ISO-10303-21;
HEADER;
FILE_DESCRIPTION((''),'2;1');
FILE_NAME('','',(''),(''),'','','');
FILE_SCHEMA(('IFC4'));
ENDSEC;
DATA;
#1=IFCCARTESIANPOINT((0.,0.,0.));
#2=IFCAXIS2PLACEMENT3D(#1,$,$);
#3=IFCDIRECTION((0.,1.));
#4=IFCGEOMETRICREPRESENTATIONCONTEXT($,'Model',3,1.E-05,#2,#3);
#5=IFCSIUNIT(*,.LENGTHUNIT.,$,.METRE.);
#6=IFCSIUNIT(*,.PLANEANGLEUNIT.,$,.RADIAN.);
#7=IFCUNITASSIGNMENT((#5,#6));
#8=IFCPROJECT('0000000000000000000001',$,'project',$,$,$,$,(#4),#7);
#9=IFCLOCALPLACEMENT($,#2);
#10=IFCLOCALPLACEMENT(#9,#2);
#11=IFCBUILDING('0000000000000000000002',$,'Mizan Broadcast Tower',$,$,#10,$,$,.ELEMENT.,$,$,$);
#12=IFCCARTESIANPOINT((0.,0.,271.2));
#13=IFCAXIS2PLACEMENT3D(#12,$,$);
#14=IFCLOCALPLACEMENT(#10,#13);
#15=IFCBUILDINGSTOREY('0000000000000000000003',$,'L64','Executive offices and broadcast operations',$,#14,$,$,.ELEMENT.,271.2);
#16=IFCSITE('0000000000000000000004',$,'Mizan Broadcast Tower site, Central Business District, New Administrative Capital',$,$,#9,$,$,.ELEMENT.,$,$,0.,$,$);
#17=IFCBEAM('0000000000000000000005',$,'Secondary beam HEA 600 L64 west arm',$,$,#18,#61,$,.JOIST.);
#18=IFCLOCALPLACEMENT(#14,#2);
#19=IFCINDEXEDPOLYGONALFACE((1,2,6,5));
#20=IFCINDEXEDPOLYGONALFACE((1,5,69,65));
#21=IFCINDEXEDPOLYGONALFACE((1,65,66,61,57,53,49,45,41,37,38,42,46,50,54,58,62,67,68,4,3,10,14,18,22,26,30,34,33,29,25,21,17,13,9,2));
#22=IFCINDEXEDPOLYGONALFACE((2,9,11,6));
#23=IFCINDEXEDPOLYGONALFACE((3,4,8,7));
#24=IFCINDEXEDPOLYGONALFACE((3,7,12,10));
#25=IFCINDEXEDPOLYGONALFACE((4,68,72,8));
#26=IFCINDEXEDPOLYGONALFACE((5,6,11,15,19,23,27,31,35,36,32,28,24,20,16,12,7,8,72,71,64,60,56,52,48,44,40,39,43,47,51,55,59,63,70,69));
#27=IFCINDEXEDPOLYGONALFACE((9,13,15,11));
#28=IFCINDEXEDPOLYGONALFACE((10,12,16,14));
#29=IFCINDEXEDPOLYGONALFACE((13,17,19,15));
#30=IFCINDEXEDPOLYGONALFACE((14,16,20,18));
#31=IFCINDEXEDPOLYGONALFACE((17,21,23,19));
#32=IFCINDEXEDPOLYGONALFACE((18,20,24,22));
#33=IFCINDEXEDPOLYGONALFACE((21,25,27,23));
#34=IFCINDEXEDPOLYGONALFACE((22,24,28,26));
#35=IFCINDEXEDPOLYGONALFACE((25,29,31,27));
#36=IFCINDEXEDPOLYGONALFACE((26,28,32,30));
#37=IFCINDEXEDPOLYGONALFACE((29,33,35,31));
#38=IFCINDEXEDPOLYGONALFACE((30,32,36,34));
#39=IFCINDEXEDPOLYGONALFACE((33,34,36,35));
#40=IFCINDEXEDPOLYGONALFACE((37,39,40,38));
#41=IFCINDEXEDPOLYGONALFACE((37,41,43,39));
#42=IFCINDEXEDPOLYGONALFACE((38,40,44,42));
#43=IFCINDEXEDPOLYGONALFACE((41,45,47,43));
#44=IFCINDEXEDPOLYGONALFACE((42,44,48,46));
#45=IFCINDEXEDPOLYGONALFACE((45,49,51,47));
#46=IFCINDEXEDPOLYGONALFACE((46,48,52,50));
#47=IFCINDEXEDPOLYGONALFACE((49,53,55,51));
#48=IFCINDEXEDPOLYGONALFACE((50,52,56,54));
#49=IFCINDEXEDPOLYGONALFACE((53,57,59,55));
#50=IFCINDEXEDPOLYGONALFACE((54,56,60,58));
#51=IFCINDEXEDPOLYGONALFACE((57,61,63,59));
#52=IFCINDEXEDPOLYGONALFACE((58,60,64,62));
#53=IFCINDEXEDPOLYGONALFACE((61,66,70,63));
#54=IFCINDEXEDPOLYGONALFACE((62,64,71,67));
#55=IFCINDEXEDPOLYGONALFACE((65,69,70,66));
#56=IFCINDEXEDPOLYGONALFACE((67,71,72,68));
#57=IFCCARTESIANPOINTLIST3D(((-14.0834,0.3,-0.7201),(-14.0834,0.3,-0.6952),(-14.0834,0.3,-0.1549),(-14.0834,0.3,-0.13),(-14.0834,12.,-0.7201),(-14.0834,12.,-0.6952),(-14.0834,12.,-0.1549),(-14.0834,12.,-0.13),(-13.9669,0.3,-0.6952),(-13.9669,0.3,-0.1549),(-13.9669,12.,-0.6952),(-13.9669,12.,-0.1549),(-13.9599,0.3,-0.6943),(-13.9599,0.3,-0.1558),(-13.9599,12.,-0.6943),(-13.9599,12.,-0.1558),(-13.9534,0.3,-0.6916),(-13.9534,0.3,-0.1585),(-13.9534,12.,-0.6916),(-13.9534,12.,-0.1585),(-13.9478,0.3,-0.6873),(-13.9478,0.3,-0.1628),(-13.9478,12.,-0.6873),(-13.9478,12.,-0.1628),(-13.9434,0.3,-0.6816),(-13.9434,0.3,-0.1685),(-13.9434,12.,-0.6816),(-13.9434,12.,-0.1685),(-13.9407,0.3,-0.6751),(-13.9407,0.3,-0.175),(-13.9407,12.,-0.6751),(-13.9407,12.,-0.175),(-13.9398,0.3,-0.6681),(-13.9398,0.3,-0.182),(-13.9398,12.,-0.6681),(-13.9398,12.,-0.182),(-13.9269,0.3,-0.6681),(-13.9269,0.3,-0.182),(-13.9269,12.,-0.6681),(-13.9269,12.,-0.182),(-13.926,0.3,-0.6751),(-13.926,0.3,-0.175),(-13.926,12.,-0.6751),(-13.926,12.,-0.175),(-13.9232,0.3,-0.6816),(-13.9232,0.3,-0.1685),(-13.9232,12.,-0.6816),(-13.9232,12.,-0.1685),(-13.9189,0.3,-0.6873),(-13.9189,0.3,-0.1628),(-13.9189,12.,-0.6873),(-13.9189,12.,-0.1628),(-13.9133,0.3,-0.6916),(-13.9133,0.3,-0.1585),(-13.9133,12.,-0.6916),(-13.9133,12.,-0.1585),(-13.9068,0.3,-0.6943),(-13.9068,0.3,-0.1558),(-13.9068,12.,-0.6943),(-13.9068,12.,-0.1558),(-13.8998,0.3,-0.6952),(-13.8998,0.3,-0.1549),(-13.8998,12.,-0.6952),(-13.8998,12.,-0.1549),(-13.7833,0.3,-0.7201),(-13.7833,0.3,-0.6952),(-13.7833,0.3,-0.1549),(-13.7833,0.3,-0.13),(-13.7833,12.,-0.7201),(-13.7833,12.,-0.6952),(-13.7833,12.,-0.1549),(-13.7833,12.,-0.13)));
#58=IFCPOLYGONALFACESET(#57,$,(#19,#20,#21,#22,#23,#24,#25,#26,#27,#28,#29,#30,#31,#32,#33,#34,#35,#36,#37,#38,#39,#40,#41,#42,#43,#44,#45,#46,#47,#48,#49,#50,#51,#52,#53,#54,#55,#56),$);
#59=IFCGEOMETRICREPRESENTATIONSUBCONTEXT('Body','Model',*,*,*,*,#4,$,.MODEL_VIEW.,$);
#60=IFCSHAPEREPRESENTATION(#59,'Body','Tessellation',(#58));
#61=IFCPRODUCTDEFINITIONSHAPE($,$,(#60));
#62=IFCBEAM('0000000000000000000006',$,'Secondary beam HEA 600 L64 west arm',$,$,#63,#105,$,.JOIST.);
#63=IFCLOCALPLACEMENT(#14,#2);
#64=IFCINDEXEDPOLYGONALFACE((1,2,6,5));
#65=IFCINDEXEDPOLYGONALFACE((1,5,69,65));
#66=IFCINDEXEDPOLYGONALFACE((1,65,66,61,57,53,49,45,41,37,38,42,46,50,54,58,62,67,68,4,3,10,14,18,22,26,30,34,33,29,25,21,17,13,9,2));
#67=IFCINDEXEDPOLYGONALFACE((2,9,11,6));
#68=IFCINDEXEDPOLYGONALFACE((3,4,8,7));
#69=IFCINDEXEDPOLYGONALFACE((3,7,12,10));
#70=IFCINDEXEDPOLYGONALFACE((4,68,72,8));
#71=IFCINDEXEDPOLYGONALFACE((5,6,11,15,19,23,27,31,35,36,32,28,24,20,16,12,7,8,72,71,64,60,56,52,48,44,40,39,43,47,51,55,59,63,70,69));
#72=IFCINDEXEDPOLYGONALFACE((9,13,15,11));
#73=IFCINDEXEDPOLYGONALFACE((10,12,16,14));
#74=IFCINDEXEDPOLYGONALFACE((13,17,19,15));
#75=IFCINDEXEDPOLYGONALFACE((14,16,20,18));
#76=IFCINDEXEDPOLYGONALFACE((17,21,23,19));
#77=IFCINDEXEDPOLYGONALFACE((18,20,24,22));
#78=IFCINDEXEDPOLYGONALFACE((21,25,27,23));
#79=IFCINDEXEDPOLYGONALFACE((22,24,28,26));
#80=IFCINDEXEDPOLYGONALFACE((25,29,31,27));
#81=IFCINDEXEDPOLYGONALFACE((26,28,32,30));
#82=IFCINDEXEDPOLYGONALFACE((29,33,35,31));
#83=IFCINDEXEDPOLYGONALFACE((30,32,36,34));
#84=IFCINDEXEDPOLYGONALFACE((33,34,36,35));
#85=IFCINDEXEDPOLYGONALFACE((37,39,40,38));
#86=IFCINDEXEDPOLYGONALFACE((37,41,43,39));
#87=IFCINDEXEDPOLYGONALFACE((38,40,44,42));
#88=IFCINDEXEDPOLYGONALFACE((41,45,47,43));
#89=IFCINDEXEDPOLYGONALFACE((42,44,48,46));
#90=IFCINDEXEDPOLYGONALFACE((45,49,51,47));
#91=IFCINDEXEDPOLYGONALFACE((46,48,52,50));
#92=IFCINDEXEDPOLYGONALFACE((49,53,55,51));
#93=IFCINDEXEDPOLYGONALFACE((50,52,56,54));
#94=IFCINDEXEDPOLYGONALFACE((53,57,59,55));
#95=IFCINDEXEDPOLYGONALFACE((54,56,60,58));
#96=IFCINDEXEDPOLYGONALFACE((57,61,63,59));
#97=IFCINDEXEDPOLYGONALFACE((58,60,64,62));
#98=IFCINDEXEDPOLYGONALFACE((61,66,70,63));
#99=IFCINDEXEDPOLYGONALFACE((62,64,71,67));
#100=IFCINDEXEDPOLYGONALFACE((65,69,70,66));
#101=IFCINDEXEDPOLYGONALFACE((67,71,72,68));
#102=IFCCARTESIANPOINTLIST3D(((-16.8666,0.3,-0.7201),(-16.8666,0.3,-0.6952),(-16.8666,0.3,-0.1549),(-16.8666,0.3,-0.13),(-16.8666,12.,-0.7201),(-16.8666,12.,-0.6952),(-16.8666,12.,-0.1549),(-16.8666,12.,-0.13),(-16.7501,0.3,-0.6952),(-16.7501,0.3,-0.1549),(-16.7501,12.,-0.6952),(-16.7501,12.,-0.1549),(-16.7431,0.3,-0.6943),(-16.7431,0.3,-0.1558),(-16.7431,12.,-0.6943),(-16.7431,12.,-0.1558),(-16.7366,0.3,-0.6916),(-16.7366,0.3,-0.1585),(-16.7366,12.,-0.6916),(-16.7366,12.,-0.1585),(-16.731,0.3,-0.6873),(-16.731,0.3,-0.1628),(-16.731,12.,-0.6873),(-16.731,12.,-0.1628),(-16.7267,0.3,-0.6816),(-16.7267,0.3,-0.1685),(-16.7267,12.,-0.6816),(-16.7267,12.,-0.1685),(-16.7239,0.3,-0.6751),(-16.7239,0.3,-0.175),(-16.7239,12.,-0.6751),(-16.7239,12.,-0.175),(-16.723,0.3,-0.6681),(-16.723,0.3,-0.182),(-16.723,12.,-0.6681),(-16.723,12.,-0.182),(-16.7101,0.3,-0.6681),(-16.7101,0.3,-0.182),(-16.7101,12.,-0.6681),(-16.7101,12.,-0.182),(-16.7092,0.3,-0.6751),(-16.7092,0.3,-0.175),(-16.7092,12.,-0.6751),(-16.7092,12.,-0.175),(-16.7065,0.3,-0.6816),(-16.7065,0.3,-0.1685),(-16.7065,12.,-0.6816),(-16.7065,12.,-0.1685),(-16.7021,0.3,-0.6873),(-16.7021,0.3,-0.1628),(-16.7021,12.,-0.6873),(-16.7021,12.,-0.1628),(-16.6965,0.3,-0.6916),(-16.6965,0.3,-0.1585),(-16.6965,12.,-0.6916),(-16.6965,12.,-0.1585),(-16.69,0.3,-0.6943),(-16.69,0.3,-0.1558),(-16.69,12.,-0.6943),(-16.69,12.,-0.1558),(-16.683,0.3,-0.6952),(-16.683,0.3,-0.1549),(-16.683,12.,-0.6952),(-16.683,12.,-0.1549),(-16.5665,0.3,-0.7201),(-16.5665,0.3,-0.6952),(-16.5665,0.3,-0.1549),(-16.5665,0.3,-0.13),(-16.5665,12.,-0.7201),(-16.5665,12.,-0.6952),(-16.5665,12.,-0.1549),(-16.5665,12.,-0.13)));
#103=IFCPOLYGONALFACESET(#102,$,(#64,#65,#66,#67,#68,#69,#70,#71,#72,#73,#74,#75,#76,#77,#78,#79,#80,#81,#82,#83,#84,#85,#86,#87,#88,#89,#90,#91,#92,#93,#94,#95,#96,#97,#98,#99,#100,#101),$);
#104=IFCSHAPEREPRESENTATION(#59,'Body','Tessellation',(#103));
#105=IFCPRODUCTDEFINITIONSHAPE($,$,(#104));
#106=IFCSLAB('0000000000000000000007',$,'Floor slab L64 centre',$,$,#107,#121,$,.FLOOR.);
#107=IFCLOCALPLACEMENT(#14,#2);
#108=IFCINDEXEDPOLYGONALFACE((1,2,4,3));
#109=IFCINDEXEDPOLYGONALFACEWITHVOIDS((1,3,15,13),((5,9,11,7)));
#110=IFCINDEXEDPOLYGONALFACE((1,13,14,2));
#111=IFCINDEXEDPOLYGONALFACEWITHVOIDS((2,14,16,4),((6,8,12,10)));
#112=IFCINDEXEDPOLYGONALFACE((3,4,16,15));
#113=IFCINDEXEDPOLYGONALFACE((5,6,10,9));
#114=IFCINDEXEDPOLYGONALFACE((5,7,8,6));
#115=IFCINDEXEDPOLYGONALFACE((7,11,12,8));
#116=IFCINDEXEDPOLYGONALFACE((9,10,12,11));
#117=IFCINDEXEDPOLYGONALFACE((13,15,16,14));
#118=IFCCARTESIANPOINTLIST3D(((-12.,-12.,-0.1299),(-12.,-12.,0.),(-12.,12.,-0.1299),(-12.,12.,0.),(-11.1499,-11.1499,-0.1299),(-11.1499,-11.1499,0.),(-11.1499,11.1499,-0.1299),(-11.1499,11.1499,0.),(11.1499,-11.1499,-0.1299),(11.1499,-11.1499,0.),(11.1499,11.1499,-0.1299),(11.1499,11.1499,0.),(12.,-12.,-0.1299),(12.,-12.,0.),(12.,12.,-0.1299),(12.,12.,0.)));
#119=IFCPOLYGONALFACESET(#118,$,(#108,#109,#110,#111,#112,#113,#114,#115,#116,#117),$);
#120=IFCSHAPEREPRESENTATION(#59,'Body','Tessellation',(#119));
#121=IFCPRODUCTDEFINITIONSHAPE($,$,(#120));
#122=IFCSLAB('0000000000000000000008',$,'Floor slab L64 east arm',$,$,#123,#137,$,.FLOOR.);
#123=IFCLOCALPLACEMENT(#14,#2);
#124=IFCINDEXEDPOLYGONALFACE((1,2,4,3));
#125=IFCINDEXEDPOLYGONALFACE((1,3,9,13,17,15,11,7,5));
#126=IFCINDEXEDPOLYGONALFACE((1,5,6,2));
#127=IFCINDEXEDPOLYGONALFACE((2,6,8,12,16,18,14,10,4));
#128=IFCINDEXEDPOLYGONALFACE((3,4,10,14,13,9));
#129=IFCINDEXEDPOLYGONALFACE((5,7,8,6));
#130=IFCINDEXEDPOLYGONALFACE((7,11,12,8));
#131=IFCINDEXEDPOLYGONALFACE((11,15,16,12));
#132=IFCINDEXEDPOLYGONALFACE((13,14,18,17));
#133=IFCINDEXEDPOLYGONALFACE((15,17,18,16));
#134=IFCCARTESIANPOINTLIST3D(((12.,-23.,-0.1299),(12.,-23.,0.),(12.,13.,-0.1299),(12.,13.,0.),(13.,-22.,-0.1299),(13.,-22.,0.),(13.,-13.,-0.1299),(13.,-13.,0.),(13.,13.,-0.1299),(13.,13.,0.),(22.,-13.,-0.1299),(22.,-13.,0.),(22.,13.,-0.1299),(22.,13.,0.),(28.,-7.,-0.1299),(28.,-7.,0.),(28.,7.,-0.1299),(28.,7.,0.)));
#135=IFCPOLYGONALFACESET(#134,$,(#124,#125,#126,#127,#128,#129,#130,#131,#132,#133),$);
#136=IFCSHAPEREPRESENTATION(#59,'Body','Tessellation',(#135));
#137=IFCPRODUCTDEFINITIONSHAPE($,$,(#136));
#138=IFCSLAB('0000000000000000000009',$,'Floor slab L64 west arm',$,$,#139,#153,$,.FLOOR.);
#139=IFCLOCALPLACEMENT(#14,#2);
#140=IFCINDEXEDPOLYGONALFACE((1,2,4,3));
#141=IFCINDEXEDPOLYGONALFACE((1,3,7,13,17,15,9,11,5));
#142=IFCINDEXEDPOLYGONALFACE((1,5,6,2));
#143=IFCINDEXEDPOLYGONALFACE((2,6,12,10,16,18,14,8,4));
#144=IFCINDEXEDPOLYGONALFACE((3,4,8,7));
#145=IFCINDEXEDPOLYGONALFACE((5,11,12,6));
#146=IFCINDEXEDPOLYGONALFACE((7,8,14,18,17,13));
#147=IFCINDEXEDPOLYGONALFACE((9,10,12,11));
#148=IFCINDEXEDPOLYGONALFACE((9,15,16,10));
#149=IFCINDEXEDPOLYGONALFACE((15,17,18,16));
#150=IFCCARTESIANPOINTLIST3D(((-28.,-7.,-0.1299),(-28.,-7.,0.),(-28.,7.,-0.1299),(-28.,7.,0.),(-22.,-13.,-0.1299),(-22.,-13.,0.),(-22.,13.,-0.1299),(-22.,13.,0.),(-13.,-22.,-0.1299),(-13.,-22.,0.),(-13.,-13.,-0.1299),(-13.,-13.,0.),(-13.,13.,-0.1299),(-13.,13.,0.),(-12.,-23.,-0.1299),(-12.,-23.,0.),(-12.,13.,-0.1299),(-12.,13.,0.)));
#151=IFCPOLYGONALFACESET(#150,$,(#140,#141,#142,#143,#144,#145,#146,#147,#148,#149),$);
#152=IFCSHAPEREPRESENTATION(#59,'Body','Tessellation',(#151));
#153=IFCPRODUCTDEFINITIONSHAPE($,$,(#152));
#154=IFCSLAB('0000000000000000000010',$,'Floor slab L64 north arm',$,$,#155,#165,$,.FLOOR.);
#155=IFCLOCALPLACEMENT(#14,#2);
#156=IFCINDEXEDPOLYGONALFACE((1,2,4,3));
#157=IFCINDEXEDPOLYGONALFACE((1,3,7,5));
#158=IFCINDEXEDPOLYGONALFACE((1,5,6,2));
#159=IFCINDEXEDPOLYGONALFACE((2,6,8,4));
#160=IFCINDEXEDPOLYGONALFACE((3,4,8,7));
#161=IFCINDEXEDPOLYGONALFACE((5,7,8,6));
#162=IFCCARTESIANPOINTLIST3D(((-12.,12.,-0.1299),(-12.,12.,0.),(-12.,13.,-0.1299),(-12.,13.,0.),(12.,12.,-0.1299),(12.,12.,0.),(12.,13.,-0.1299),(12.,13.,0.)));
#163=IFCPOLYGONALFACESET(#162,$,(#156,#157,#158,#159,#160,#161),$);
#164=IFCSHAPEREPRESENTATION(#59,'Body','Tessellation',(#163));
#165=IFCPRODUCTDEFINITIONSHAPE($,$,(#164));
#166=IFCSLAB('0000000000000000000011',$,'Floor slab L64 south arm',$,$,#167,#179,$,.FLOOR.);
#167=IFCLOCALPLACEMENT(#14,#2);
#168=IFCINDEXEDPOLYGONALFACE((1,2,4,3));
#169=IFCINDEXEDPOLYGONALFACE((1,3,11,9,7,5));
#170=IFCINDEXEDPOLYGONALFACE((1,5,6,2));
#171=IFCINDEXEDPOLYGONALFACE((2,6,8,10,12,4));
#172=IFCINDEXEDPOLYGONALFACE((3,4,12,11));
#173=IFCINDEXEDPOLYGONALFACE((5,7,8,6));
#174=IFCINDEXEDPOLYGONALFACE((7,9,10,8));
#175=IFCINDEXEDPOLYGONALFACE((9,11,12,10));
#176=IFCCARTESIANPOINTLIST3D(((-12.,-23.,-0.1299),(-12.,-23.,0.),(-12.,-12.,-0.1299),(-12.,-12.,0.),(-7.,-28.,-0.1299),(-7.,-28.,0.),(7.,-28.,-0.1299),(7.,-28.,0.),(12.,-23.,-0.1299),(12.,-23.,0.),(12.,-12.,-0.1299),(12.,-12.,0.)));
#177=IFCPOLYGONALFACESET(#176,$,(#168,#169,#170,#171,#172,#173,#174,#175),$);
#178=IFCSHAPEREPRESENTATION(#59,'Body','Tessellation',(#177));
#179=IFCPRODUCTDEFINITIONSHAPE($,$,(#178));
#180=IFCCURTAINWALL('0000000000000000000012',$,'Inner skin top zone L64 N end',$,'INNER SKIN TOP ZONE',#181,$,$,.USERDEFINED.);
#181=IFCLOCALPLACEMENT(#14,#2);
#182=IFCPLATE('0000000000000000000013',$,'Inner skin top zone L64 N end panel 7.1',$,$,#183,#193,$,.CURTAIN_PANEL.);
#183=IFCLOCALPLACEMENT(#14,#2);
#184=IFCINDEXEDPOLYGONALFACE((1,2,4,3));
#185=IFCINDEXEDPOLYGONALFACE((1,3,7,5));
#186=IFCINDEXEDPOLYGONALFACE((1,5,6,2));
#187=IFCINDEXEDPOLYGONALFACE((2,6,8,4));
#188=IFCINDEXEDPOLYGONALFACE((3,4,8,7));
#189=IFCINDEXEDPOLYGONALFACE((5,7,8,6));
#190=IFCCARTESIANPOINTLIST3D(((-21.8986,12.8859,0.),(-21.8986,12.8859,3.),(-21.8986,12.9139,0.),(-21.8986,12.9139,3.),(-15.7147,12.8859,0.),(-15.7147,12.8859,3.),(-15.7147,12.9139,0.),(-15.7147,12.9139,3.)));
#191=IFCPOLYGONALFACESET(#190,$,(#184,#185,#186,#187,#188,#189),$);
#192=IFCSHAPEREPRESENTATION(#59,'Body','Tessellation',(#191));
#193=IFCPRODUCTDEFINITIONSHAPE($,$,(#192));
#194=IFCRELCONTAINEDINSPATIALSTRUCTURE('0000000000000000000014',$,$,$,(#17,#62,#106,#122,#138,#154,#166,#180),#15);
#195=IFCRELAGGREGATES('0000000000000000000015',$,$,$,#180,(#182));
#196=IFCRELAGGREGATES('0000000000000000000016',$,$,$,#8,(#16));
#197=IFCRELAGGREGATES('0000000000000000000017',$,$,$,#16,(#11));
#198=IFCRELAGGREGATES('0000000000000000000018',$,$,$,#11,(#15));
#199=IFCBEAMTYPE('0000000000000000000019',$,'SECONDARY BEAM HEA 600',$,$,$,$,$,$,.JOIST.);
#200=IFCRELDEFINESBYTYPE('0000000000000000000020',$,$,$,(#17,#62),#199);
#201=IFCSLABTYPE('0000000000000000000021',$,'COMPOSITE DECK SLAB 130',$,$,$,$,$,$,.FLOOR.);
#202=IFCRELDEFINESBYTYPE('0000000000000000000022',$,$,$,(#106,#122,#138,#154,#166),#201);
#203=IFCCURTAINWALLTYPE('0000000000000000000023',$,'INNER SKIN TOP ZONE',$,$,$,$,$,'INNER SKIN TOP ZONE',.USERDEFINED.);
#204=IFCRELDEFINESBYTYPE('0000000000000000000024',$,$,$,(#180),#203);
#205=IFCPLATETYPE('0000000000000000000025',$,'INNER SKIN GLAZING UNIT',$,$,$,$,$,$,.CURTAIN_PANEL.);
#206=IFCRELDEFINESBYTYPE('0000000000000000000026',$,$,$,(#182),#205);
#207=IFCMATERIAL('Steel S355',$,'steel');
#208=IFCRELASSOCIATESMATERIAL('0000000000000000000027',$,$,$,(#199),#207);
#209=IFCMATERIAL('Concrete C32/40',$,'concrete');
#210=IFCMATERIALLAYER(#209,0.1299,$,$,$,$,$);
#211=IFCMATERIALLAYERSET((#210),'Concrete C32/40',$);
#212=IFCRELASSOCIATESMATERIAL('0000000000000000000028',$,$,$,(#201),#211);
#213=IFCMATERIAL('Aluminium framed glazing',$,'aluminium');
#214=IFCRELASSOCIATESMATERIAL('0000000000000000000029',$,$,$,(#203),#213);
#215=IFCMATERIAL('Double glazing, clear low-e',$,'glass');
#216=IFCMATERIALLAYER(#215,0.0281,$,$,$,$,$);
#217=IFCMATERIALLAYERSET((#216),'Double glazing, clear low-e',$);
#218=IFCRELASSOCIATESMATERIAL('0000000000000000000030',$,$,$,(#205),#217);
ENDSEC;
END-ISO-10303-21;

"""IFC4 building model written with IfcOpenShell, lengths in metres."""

from ifc_helpers import new_model, si_unit, direction, frame, origin, origin_2d, place, context, subcontext, project, spatial, polyline, rectangle, i_section, outline, extrude, material, layer, layer_set, material_profile, profile_set, type_object, element, aggregate, save


model = new_model("IFC4")

# Units and contexts
model_context = context("Model", 3, precision=1e-05, world=origin(), true_north=direction((0.0, 1.0)))
body_context = subcontext(model_context, "Body", "Model", "MODEL_VIEW")
ifc_project = project(units=[si_unit("LENGTHUNIT", "METRE"), si_unit("PLANEANGLEUNIT", "RADIAN")], contexts=[model_context])

# Site, building, storey
site_placement = place(None, origin())
site = spatial("IfcSite", under=ifc_project, at=site_placement, Name="Mizan Broadcast Tower site, Central Business District, New Administrative Capital", CompositionType="ELEMENT", RefElevation=0.0)
building_placement = place(site_placement, origin())
building = spatial("IfcBuilding", under=site, at=building_placement, Name="Mizan Broadcast Tower", CompositionType="ELEMENT")
storey_placement = place(building_placement, frame((0.0, 0.0, 271.2)))
storey = spatial("IfcBuildingStorey", under=building, at=storey_placement, Name="L64", Description="Executive offices and broadcast operations", CompositionType="ELEMENT", Elevation=271.2)

# Beams
ifc_material_1 = material(Name="Steel S355", Category="steel")
ifc_material_profile_1 = material_profile(ifc_material_1, i_section(OverallWidth=0.3, OverallDepth=0.5901, WebThickness=0.0129, FlangeThickness=0.0249, FilletRadius=0.0271, at=origin_2d()), Name="HEA 600")
ifc_profile_set_1 = profile_set([ifc_material_profile_1], Name="Steel S355")
beam_type_1 = type_object("IfcBeamType", Name="SECONDARY BEAM HEA 600", PredefinedType="JOIST", material=ifc_profile_set_1)
for number, where, z_axis, x_axis, name in (
    (1, (-13.9333, 12.0, -0.425), (0.0, -1.0, 0.0), (1.0, 0.0, 0.0), "Secondary beam HEA 600 L64 west arm"),
    (2, (-16.7166, 12.0, -0.425), (0.0, -1.0, 0.0), (1.0, 0.0, 0.0), "Secondary beam HEA 600 L64 west arm"),
):
    element("IfcBeam", number, at=place(storey_placement, frame(where, z_axis=z_axis, x_axis=x_axis)), inside=storey, type_object=beam_type_1, Name=name, PredefinedType="JOIST", context=body_context, shape_type="SweptSolid", body=[
        extrude(i_section(OverallWidth=0.3, OverallDepth=0.5901, WebThickness=0.0129, FlangeThickness=0.0249, FilletRadius=0.0271, at=origin_2d()), origin(), (0.0, 0.0, 1.0), 11.7),
    ])

# Slabs
ifc_material_2 = material(Name="Concrete C32/40", Category="concrete")
ifc_layer_1 = layer(ifc_material_2, 0.1299)
ifc_layer_set_1 = layer_set([ifc_layer_1], Name="Concrete C32/40")
slab_type = type_object("IfcSlabType", Name="COMPOSITE DECK SLAB 130", PredefinedType="FLOOR", material=ifc_layer_set_1)
slab_1_placement = place(storey_placement, frame((0.0, 0.0, -0.1299)))
element("IfcSlab", 3, at=slab_1_placement, inside=storey, type_object=slab_type, Name="Floor slab L64 centre", PredefinedType="FLOOR", context=body_context, shape_type="SweptSolid", body=[
    extrude(outline(polyline([(-12.0, -12.0), (12.0, -12.0), (12.0, 12.0), (-12.0, 12.0), (-12.0, -12.0)]), holes=[polyline([(-11.1499, 11.1499), (11.1499, 11.1499), (11.1499, -11.1499), (-11.1499, -11.1499), (-11.1499, 11.1499)])]), origin(), (0.0, 0.0, 1.0), 0.1299),
])
slab_2_placement = place(storey_placement, frame((0.0, 0.0, -0.1299)))
element("IfcSlab", 4, at=slab_2_placement, inside=storey, type_object=slab_type, Name="Floor slab L64 east arm", PredefinedType="FLOOR", context=body_context, shape_type="SweptSolid", body=[
    extrude(outline(polyline([(12.0, -23.0), (13.0, -22.0), (13.0, -13.0), (22.0, -13.0), (28.0, -7.0), (28.0, 7.0), (22.0, 13.0), (13.0, 13.0), (12.0, 13.0), (12.0, -23.0)])), origin(), (0.0, 0.0, 1.0), 0.1299),
])
slab_3_placement = place(storey_placement, frame((0.0, 0.0, -0.1299)))
element("IfcSlab", 5, at=slab_3_placement, inside=storey, type_object=slab_type, Name="Floor slab L64 west arm", PredefinedType="FLOOR", context=body_context, shape_type="SweptSolid", body=[
    extrude(outline(polyline([(-13.0, -22.0), (-12.0, -23.0), (-12.0, 13.0), (-13.0, 13.0), (-22.0, 13.0), (-28.0, 7.0), (-28.0, -7.0), (-22.0, -13.0), (-13.0, -13.0), (-13.0, -22.0)])), origin(), (0.0, 0.0, 1.0), 0.1299),
])
slab_4_placement = place(storey_placement, frame((0.0, 0.0, -0.1299)))
element("IfcSlab", 6, at=slab_4_placement, inside=storey, type_object=slab_type, Name="Floor slab L64 north arm", PredefinedType="FLOOR", context=body_context, shape_type="SweptSolid", body=[
    extrude(outline(polyline([(12.0, 13.0), (-12.0, 13.0), (-12.0, 12.0), (12.0, 12.0), (12.0, 13.0)])), origin(), (0.0, 0.0, 1.0), 0.1299),
])
slab_5_placement = place(storey_placement, frame((0.0, 0.0, -0.1299)))
element("IfcSlab", 7, at=slab_5_placement, inside=storey, type_object=slab_type, Name="Floor slab L64 south arm", PredefinedType="FLOOR", context=body_context, shape_type="SweptSolid", body=[
    extrude(outline(polyline([(7.0, -28.0), (12.0, -23.0), (12.0, -12.0), (-12.0, -12.0), (-12.0, -23.0), (-7.0, -28.0), (7.0, -28.0)])), origin(), (0.0, 0.0, 1.0), 0.1299),
])

# Curtain wall, plate
ifc_material_3 = material(Name="Aluminium framed glazing", Category="aluminium")
curtain_wall_type = type_object("IfcCurtainWallType", Name="INNER SKIN TOP ZONE", ElementType="INNER SKIN TOP ZONE", PredefinedType="USERDEFINED", material=ifc_material_3)
curtain_wall_placement = place(storey_placement, origin())
curtain_wall = element("IfcCurtainWall", 8, at=curtain_wall_placement, inside=storey, type_object=curtain_wall_type, Name="Inner skin top zone L64 N end", ObjectType="INNER SKIN TOP ZONE", PredefinedType="USERDEFINED")
ifc_material_4 = material(Name="Double glazing, clear low-e", Category="glass")
ifc_layer_2 = layer(ifc_material_4, 0.0281)
ifc_layer_set_2 = layer_set([ifc_layer_2], Name="Double glazing, clear low-e")
plate_type = type_object("IfcPlateType", Name="INNER SKIN GLAZING UNIT", PredefinedType="CURTAIN_PANEL", material=ifc_layer_set_2)
plate_placement = place(storey_placement, frame((-18.8066, 12.8999, 0.0), z_axis=(0.0, 0.0, 1.0), x_axis=(-1.0, 0.0, 0.0)))
plate = element("IfcPlate", 9, at=plate_placement, type_object=plate_type, Name="Inner skin top zone L64 N end panel 7.1", PredefinedType="CURTAIN_PANEL", context=body_context, shape_type="SweptSolid", body=[
    extrude(rectangle(XDim=6.1838, YDim=0.0281, at=origin_2d()), origin(), (0.0, 0.0, 1.0), 3.0),
])
aggregate(curtain_wall, [plate])

save(model, "model.ifc")
